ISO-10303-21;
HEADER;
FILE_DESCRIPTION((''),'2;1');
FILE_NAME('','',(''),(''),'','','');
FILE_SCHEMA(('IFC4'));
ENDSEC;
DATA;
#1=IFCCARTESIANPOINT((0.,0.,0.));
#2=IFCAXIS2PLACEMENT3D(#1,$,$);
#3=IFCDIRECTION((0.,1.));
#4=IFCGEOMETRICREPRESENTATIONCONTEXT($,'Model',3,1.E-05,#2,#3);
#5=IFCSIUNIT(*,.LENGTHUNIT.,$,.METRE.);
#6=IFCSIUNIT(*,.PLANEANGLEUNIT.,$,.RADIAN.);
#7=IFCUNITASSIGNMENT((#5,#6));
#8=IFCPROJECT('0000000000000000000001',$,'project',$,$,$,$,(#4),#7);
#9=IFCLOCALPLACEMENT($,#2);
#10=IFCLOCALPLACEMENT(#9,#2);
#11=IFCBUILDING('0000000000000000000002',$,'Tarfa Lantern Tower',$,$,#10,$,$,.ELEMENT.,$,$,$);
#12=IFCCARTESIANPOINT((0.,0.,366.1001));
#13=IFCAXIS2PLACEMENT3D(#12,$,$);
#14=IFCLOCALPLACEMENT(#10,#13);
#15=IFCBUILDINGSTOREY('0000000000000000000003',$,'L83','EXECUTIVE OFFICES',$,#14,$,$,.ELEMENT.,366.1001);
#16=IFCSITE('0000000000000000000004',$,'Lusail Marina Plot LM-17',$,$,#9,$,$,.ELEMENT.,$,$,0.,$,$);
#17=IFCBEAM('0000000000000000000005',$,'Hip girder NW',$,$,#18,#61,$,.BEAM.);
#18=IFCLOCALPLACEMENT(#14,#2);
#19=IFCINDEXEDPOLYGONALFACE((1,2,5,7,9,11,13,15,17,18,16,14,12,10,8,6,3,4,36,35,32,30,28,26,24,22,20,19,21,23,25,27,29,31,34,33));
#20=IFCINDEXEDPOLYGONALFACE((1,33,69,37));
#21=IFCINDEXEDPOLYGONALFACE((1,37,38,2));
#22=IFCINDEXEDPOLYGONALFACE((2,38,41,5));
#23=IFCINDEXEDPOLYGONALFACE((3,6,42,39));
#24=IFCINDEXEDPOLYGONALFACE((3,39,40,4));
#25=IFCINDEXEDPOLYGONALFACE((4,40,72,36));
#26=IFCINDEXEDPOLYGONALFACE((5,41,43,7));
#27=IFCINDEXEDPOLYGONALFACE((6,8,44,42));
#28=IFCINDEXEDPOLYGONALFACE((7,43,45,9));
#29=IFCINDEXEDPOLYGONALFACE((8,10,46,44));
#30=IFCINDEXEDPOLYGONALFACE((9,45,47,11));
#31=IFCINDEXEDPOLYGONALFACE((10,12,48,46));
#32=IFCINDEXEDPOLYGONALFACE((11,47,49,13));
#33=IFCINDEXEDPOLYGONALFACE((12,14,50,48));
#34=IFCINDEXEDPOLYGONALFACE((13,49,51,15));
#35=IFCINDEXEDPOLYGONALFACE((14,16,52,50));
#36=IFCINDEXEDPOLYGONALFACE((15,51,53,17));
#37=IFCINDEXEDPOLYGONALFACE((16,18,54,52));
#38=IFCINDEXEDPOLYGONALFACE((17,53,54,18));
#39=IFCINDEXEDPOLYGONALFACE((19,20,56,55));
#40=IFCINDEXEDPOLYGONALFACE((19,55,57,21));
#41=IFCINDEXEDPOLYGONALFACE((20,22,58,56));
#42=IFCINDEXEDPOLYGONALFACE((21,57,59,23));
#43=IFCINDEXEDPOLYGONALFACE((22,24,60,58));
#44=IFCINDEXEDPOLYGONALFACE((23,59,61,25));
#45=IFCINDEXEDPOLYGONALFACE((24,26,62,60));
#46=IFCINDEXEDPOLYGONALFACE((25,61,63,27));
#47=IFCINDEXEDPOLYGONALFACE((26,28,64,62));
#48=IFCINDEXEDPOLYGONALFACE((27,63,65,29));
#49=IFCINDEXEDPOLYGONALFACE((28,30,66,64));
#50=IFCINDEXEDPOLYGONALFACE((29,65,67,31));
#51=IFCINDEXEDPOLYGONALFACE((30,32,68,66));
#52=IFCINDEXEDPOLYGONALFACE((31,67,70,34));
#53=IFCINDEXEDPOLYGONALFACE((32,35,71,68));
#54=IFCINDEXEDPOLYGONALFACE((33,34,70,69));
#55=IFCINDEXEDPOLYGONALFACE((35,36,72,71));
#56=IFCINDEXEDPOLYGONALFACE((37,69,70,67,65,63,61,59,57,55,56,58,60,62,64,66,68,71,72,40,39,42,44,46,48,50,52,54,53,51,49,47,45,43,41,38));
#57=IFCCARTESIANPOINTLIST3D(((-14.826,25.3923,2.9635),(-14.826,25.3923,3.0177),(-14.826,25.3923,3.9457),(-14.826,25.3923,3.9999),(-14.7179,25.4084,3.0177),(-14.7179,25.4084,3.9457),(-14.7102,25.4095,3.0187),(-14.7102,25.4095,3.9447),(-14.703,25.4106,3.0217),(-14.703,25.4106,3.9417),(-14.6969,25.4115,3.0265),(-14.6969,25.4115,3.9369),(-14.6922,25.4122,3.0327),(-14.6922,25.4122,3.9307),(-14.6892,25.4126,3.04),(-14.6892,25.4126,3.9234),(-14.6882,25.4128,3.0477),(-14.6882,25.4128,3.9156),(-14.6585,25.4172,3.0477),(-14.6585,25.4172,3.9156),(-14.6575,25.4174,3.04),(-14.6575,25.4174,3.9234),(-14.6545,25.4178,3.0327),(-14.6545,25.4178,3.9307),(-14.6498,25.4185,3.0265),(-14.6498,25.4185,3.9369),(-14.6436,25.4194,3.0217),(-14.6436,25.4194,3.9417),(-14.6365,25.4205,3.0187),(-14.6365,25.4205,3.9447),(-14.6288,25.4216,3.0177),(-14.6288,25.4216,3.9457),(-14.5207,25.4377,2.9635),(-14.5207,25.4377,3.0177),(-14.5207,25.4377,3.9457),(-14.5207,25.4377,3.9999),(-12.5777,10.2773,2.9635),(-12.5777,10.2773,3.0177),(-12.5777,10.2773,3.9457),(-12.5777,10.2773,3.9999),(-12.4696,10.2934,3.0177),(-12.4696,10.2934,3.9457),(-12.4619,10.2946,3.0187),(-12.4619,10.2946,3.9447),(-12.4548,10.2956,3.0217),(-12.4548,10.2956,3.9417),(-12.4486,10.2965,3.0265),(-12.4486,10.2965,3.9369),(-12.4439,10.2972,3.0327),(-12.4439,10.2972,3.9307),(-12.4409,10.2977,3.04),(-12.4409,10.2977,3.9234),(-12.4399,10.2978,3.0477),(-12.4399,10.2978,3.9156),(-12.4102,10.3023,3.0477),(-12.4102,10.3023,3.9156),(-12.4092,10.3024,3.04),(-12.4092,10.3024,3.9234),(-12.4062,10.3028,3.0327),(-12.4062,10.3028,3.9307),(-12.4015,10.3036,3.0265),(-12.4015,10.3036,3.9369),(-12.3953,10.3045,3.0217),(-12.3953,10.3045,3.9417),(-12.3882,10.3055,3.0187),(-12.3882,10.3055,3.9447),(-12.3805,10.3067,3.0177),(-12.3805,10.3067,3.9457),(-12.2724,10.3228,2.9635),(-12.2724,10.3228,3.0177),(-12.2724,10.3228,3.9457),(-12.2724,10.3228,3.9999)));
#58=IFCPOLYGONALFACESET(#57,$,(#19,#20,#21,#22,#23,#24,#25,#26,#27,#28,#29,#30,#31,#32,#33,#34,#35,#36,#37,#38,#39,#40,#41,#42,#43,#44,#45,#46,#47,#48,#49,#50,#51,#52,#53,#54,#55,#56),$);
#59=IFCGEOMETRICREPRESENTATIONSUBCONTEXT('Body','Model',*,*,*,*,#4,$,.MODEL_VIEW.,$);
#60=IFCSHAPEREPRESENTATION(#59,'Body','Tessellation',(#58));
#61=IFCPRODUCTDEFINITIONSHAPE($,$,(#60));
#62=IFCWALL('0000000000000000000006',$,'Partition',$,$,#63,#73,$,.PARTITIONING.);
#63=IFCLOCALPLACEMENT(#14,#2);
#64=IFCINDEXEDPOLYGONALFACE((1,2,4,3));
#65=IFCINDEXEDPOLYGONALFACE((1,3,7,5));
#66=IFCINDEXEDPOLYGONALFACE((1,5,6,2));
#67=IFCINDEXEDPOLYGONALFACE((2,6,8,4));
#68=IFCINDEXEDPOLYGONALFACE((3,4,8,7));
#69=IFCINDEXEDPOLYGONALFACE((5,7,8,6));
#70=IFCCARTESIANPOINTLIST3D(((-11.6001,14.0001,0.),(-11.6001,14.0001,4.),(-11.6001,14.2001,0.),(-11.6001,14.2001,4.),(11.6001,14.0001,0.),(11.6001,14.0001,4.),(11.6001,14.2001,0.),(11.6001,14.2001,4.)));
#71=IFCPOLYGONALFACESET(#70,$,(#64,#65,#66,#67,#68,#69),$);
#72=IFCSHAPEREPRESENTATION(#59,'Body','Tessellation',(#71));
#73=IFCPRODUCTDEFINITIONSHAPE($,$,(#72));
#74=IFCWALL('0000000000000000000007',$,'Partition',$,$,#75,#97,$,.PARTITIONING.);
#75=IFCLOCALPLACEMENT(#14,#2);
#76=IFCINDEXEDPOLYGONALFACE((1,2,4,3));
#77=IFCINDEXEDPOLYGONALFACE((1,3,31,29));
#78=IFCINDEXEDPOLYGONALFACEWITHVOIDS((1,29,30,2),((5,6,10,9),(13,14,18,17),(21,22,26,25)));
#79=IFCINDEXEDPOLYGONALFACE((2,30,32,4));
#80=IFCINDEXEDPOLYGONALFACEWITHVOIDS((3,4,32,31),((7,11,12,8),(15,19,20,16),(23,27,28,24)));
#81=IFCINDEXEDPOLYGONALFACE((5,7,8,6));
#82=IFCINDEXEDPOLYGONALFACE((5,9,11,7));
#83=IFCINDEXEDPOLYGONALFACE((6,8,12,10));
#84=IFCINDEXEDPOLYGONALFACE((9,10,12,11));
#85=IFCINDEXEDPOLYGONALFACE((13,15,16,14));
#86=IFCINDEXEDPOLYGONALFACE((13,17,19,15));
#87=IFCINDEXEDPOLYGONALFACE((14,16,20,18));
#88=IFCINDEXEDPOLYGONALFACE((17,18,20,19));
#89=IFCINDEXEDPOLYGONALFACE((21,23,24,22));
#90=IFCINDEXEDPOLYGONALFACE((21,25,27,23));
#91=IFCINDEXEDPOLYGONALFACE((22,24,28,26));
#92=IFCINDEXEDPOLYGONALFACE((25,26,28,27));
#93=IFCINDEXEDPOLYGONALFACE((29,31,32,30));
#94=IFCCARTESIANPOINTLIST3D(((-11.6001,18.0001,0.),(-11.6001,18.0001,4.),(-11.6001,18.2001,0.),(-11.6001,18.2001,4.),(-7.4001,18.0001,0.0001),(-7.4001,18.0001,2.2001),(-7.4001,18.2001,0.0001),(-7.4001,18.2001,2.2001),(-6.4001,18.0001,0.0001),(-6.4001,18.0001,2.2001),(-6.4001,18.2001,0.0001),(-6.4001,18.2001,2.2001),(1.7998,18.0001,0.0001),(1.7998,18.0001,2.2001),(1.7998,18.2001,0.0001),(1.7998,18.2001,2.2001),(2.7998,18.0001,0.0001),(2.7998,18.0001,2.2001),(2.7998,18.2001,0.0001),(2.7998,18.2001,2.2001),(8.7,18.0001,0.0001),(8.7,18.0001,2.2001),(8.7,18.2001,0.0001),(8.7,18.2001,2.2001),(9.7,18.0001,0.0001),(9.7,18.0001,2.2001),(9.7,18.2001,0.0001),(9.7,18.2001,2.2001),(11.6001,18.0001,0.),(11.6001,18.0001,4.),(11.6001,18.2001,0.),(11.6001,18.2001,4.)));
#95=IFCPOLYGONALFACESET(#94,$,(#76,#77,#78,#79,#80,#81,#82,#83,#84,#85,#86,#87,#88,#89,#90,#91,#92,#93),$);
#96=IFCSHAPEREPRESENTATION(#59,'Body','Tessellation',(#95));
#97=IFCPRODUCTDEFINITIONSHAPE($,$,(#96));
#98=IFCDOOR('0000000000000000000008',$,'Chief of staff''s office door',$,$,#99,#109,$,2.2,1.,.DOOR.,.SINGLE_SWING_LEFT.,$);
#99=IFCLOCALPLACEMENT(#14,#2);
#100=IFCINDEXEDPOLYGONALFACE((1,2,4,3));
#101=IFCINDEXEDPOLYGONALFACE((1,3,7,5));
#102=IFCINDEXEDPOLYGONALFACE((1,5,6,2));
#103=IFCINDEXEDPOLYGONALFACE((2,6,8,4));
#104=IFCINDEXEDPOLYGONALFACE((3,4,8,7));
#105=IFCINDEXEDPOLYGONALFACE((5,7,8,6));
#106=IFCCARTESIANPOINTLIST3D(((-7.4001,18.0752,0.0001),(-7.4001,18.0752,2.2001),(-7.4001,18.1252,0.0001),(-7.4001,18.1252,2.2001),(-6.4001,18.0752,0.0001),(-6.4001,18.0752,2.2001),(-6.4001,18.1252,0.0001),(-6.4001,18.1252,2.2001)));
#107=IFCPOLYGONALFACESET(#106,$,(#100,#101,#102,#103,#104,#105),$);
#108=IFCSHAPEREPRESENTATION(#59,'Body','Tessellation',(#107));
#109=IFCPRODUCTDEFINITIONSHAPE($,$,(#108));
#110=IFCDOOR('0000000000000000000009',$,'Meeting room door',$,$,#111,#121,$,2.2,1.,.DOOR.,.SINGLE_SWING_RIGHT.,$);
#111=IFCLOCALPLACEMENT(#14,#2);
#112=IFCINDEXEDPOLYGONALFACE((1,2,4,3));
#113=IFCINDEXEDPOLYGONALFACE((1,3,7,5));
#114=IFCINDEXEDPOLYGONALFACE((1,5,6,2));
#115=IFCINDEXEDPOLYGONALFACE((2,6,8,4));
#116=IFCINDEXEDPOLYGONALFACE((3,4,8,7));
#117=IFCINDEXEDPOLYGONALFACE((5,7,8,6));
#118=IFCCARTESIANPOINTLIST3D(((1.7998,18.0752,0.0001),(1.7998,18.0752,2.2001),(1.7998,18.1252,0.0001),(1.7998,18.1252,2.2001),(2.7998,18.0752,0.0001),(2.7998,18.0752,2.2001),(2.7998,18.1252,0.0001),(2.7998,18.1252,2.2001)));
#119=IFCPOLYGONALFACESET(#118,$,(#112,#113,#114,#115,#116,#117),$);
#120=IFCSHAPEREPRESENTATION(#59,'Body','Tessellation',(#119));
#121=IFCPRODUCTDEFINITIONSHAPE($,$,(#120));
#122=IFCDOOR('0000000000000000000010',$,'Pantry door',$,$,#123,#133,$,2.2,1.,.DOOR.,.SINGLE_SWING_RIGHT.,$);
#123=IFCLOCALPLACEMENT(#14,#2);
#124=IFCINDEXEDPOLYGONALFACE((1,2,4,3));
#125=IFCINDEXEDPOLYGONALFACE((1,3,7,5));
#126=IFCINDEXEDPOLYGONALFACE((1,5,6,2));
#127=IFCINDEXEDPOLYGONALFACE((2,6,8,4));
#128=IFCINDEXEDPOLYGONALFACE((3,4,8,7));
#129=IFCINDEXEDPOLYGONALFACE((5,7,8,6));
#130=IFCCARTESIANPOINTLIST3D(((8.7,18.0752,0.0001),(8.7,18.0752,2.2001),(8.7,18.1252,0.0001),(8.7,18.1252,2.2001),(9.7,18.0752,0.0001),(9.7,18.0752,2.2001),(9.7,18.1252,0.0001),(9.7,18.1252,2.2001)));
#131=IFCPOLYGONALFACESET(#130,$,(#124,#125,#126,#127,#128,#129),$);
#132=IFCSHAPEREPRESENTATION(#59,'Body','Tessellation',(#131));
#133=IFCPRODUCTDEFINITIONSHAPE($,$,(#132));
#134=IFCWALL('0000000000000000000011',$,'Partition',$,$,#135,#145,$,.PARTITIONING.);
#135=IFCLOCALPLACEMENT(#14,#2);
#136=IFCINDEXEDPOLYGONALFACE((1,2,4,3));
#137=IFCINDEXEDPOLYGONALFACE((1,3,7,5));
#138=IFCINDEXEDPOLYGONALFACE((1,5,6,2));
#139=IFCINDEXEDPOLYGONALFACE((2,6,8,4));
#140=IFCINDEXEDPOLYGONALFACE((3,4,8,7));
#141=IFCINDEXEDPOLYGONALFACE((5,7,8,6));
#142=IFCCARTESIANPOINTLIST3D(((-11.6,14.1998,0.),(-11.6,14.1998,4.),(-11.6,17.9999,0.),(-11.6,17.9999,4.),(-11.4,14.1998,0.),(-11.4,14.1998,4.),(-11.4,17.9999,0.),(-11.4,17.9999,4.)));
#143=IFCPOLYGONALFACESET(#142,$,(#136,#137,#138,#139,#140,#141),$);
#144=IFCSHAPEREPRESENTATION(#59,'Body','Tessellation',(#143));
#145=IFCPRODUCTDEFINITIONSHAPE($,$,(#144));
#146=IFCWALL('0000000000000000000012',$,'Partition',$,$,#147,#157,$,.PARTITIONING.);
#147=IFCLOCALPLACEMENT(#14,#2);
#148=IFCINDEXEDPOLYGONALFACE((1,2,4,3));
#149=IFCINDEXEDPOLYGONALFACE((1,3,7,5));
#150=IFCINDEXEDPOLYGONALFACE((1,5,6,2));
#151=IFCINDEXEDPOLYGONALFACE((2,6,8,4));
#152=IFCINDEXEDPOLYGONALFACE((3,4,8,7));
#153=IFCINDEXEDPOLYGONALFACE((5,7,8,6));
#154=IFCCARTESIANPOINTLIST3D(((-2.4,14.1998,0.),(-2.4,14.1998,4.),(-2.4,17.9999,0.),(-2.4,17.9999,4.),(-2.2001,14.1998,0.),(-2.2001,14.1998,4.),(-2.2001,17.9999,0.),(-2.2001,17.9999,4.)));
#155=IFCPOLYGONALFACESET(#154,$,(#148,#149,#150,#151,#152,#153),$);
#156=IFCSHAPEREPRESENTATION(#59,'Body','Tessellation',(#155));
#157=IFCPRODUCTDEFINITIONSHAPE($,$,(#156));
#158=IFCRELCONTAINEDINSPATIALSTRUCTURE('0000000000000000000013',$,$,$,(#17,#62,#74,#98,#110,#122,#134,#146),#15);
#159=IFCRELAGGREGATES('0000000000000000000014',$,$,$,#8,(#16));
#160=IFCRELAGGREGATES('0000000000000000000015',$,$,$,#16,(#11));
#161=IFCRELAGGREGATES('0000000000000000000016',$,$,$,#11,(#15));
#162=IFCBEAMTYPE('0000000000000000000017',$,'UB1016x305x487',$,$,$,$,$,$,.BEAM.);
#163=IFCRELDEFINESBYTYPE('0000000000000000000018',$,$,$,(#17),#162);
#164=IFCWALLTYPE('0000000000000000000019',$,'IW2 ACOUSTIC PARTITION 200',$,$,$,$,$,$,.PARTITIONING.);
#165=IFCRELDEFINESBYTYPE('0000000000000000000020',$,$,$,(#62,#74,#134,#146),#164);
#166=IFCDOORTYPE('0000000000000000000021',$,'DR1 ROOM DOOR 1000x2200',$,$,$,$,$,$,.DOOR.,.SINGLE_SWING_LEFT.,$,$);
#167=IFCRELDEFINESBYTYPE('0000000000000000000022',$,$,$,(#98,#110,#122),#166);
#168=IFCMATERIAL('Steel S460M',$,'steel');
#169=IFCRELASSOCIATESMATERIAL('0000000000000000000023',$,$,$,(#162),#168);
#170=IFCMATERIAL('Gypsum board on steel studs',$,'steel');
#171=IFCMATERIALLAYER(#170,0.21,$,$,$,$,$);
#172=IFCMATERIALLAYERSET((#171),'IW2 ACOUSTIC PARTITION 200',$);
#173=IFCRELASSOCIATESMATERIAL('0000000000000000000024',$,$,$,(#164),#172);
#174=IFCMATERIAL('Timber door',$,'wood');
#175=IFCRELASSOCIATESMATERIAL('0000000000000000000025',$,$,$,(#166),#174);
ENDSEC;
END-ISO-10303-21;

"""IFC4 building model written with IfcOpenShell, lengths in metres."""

from ifc_helpers import new_model, si_unit, direction, frame, frame_2d, origin, origin_2d, place, context, subcontext, project, spatial, rectangle, i_section, extrude, material, layer, layer_set, material_profile, profile_set, type_object, element, fill, save


model = new_model("IFC4")

# Units and contexts
model_context = context("Model", 3, precision=1e-05, world=origin(), true_north=direction((0.0, 1.0)))
body_context = subcontext(model_context, "Body", "Model", "MODEL_VIEW")
ifc_project = project(units=[si_unit("LENGTHUNIT", "METRE"), si_unit("PLANEANGLEUNIT", "RADIAN")], contexts=[model_context])

# Site, building, storey
site_placement = place(None, origin())
site = spatial("IfcSite", under=ifc_project, at=site_placement, Name="Lusail Marina Plot LM-17", CompositionType="ELEMENT", RefElevation=0.0)
building_placement = place(site_placement, origin())
building = spatial("IfcBuilding", under=site, at=building_placement, Name="Tarfa Lantern Tower", CompositionType="ELEMENT")
storey_placement = place(building_placement, frame((0.0, 0.0, 366.1001)))
storey = spatial("IfcBuildingStorey", under=building, at=storey_placement, Name="L83", Description="EXECUTIVE OFFICES", CompositionType="ELEMENT", Elevation=366.1001)

# Beam
ifc_material_1 = material(Name="Steel S460M", Category="steel")
ifc_material_profile = material_profile(ifc_material_1, i_section(OverallWidth=0.3086, OverallDepth=1.0364, WebThickness=0.03, FlangeThickness=0.0542, FilletRadius=0.03, at=origin_2d()), Name="UB1016x305x487")
ifc_profile_set = profile_set([ifc_material_profile], Name="Steel S460M")
beam_type = type_object("IfcBeamType", Name="UB1016x305x487", PredefinedType="BEAM", material=ifc_profile_set)
beam_placement = place(storey_placement, frame((-12.425, 10.3, 3.4817), z_axis=(-0.147127, 0.989118, 0.0), x_axis=(-0.989118, -0.147127, 0.0)))
element("IfcBeam", 1, at=beam_placement, inside=storey, type_object=beam_type, Name="Hip girder NW", PredefinedType="BEAM", context=body_context, shape_type="SweptSolid", body=[
    extrude(i_section(OverallWidth=0.3086, OverallDepth=1.0364, WebThickness=0.03, FlangeThickness=0.0542, FilletRadius=0.03, at=origin_2d()), origin(), (0.0, 0.0, 1.0), 15.2812),
])

# Wall
ifc_material_2 = material(Name="Gypsum board on steel studs", Category="steel")
ifc_layer_1 = layer(ifc_material_2, 0.21)
ifc_layer_set_1 = layer_set([ifc_layer_1], Name="IW2 ACOUSTIC PARTITION 200")
wall_type_1 = type_object("IfcWallType", Name="IW2 ACOUSTIC PARTITION 200", PredefinedType="PARTITIONING", material=ifc_layer_set_1)
wall_1_placement = place(storey_placement, frame((-11.6001, 14.1001, 0.0), z_axis=(0.0, 0.0, 1.0), x_axis=(1.0, 0.0, 0.0)))
element("IfcWall", 2, at=wall_1_placement, inside=storey, type_object=wall_type_1, Name="Partition", PredefinedType="PARTITIONING", context=body_context, shape_type="SweptSolid", body=[
    extrude(rectangle(XDim=23.2002, YDim=0.2, at=frame_2d((11.6001, 0.0))), origin(), (0.0, 0.0, 1.0), 4.0),
])

# Wall, openings, doors
wall_2_placement = place(storey_placement, frame((-11.6001, 18.1001, 0.0), z_axis=(0.0, 0.0, 1.0), x_axis=(1.0, 0.0, 0.0)))
wall_2 = element("IfcWall", 3, at=wall_2_placement, inside=storey, type_object=wall_type_1, Name="Partition", PredefinedType="PARTITIONING", context=body_context, shape_type="SweptSolid", body=[
    extrude(rectangle(XDim=23.2002, YDim=0.2, at=frame_2d((11.6001, 0.0))), origin(), (0.0, 0.0, 1.0), 4.0),
])
opening_1_placement = place(wall_2_placement, frame((4.2, 0.0, 0.0)))
opening_1 = element("IfcOpeningElement", 4, at=opening_1_placement, cuts=wall_2, PredefinedType="OPENING", context=body_context, shape_type="SweptSolid", body=[
    extrude(rectangle(XDim=1.0, YDim=2.2, at=frame_2d((0.5, 1.1001))), frame((0.0, 0.1099, 0.0), z_axis=(0.0, -1.0, 0.0), x_axis=(1.0, 0.0, 0.0)), (0.0, 0.0, 1.0), 0.22),
])
opening_2_placement = place(wall_2_placement, frame((13.3999, 0.0, 0.0)))
opening_2 = element("IfcOpeningElement", 5, at=opening_2_placement, cuts=wall_2, PredefinedType="OPENING", context=body_context, shape_type="SweptSolid", body=[
    extrude(rectangle(XDim=1.0, YDim=2.2, at=frame_2d((0.5, 1.1001))), frame((0.0, 0.1099, 0.0), z_axis=(0.0, -1.0, 0.0), x_axis=(1.0, 0.0, 0.0)), (0.0, 0.0, 1.0), 0.22),
])
opening_3_placement = place(wall_2_placement, frame((20.3, 0.0, 0.0)))
opening_3 = element("IfcOpeningElement", 6, at=opening_3_placement, cuts=wall_2, PredefinedType="OPENING", context=body_context, shape_type="SweptSolid", body=[
    extrude(rectangle(XDim=1.0, YDim=2.2, at=frame_2d((0.5, 1.1001))), frame((0.0, 0.1099, 0.0), z_axis=(0.0, -1.0, 0.0), x_axis=(1.0, 0.0, 0.0)), (0.0, 0.0, 1.0), 0.22),
])
ifc_material_3 = material(Name="Timber door", Category="wood")
door_type_1 = type_object("IfcDoorType", Name="DR1 ROOM DOOR 1000x2200", OperationType="SINGLE_SWING_LEFT", PredefinedType="DOOR", material=ifc_material_3)
door_1_placement = place(opening_1_placement, frame((1.0, 0.0, 0.0), z_axis=(0.0, 0.0, 1.0), x_axis=(-1.0, 0.0, 0.0)))
door_1 = element("IfcDoor", 7, at=door_1_placement, inside=storey, type_object=door_type_1, Name="Chief of staff's office door", OperationType="SINGLE_SWING_LEFT", OverallHeight=2.2, OverallWidth=1.0, PredefinedType="DOOR", context=body_context, shape_type="SweptSolid", body=[
    extrude(rectangle(XDim=1.0, YDim=2.2, at=frame_2d((0.5, 1.1001))), frame((0.0, 0.0249, 0.0), z_axis=(0.0, -1.0, 0.0), x_axis=(1.0, 0.0, 0.0)), (0.0, 0.0, 1.0), 0.05),
])
fill(opening_1, door_1)
door_2_placement = place(opening_2_placement, frame((1.0, 0.0, 0.0), z_axis=(0.0, 0.0, 1.0), x_axis=(-1.0, 0.0, 0.0)))
door_2 = element("IfcDoor", 8, at=door_2_placement, inside=storey, type_object=door_type_1, Name="Meeting room door", OperationType="SINGLE_SWING_RIGHT", OverallHeight=2.2, OverallWidth=1.0, PredefinedType="DOOR", context=body_context, shape_type="SweptSolid", body=[
    extrude(rectangle(XDim=1.0, YDim=2.2, at=frame_2d((0.5, 1.1001))), frame((0.0, 0.0249, 0.0), z_axis=(0.0, -1.0, 0.0), x_axis=(1.0, 0.0, 0.0)), (0.0, 0.0, 1.0), 0.05),
])
fill(opening_2, door_2)
door_3_placement = place(opening_3_placement, frame((1.0, 0.0, 0.0), z_axis=(0.0, 0.0, 1.0), x_axis=(-1.0, 0.0, 0.0)))
door_3 = element("IfcDoor", 9, at=door_3_placement, inside=storey, type_object=door_type_1, Name="Pantry door", OperationType="SINGLE_SWING_RIGHT", OverallHeight=2.2, OverallWidth=1.0, PredefinedType="DOOR", context=body_context, shape_type="SweptSolid", body=[
    extrude(rectangle(XDim=1.0, YDim=2.2, at=frame_2d((0.5, 1.1001))), frame((0.0, 0.0249, 0.0), z_axis=(0.0, -1.0, 0.0), x_axis=(1.0, 0.0, 0.0)), (0.0, 0.0, 1.0), 0.05),
])
fill(opening_3, door_3)

# Walls
for number, where, z_axis, x_axis, name in (
    (10, (-11.5, 14.2, 0.0), (0.0, 0.0, 1.0), (0.0, 1.0, 0.0), "Partition"),
    (11, (-2.3, 14.2, 0.0), (0.0, 0.0, 1.0), (0.0, 1.0, 0.0), "Partition"),
):
    element("IfcWall", number, at=place(storey_placement, frame(where, z_axis=z_axis, x_axis=x_axis)), inside=storey, type_object=wall_type_1, Name=name, PredefinedType="PARTITIONING", context=body_context, shape_type="SweptSolid", body=[
        extrude(rectangle(XDim=3.8, YDim=0.2, at=frame_2d((1.8999, 0.0))), origin(), (0.0, 0.0, 1.0), 4.0),
    ])

save(model, "model.ifc")
